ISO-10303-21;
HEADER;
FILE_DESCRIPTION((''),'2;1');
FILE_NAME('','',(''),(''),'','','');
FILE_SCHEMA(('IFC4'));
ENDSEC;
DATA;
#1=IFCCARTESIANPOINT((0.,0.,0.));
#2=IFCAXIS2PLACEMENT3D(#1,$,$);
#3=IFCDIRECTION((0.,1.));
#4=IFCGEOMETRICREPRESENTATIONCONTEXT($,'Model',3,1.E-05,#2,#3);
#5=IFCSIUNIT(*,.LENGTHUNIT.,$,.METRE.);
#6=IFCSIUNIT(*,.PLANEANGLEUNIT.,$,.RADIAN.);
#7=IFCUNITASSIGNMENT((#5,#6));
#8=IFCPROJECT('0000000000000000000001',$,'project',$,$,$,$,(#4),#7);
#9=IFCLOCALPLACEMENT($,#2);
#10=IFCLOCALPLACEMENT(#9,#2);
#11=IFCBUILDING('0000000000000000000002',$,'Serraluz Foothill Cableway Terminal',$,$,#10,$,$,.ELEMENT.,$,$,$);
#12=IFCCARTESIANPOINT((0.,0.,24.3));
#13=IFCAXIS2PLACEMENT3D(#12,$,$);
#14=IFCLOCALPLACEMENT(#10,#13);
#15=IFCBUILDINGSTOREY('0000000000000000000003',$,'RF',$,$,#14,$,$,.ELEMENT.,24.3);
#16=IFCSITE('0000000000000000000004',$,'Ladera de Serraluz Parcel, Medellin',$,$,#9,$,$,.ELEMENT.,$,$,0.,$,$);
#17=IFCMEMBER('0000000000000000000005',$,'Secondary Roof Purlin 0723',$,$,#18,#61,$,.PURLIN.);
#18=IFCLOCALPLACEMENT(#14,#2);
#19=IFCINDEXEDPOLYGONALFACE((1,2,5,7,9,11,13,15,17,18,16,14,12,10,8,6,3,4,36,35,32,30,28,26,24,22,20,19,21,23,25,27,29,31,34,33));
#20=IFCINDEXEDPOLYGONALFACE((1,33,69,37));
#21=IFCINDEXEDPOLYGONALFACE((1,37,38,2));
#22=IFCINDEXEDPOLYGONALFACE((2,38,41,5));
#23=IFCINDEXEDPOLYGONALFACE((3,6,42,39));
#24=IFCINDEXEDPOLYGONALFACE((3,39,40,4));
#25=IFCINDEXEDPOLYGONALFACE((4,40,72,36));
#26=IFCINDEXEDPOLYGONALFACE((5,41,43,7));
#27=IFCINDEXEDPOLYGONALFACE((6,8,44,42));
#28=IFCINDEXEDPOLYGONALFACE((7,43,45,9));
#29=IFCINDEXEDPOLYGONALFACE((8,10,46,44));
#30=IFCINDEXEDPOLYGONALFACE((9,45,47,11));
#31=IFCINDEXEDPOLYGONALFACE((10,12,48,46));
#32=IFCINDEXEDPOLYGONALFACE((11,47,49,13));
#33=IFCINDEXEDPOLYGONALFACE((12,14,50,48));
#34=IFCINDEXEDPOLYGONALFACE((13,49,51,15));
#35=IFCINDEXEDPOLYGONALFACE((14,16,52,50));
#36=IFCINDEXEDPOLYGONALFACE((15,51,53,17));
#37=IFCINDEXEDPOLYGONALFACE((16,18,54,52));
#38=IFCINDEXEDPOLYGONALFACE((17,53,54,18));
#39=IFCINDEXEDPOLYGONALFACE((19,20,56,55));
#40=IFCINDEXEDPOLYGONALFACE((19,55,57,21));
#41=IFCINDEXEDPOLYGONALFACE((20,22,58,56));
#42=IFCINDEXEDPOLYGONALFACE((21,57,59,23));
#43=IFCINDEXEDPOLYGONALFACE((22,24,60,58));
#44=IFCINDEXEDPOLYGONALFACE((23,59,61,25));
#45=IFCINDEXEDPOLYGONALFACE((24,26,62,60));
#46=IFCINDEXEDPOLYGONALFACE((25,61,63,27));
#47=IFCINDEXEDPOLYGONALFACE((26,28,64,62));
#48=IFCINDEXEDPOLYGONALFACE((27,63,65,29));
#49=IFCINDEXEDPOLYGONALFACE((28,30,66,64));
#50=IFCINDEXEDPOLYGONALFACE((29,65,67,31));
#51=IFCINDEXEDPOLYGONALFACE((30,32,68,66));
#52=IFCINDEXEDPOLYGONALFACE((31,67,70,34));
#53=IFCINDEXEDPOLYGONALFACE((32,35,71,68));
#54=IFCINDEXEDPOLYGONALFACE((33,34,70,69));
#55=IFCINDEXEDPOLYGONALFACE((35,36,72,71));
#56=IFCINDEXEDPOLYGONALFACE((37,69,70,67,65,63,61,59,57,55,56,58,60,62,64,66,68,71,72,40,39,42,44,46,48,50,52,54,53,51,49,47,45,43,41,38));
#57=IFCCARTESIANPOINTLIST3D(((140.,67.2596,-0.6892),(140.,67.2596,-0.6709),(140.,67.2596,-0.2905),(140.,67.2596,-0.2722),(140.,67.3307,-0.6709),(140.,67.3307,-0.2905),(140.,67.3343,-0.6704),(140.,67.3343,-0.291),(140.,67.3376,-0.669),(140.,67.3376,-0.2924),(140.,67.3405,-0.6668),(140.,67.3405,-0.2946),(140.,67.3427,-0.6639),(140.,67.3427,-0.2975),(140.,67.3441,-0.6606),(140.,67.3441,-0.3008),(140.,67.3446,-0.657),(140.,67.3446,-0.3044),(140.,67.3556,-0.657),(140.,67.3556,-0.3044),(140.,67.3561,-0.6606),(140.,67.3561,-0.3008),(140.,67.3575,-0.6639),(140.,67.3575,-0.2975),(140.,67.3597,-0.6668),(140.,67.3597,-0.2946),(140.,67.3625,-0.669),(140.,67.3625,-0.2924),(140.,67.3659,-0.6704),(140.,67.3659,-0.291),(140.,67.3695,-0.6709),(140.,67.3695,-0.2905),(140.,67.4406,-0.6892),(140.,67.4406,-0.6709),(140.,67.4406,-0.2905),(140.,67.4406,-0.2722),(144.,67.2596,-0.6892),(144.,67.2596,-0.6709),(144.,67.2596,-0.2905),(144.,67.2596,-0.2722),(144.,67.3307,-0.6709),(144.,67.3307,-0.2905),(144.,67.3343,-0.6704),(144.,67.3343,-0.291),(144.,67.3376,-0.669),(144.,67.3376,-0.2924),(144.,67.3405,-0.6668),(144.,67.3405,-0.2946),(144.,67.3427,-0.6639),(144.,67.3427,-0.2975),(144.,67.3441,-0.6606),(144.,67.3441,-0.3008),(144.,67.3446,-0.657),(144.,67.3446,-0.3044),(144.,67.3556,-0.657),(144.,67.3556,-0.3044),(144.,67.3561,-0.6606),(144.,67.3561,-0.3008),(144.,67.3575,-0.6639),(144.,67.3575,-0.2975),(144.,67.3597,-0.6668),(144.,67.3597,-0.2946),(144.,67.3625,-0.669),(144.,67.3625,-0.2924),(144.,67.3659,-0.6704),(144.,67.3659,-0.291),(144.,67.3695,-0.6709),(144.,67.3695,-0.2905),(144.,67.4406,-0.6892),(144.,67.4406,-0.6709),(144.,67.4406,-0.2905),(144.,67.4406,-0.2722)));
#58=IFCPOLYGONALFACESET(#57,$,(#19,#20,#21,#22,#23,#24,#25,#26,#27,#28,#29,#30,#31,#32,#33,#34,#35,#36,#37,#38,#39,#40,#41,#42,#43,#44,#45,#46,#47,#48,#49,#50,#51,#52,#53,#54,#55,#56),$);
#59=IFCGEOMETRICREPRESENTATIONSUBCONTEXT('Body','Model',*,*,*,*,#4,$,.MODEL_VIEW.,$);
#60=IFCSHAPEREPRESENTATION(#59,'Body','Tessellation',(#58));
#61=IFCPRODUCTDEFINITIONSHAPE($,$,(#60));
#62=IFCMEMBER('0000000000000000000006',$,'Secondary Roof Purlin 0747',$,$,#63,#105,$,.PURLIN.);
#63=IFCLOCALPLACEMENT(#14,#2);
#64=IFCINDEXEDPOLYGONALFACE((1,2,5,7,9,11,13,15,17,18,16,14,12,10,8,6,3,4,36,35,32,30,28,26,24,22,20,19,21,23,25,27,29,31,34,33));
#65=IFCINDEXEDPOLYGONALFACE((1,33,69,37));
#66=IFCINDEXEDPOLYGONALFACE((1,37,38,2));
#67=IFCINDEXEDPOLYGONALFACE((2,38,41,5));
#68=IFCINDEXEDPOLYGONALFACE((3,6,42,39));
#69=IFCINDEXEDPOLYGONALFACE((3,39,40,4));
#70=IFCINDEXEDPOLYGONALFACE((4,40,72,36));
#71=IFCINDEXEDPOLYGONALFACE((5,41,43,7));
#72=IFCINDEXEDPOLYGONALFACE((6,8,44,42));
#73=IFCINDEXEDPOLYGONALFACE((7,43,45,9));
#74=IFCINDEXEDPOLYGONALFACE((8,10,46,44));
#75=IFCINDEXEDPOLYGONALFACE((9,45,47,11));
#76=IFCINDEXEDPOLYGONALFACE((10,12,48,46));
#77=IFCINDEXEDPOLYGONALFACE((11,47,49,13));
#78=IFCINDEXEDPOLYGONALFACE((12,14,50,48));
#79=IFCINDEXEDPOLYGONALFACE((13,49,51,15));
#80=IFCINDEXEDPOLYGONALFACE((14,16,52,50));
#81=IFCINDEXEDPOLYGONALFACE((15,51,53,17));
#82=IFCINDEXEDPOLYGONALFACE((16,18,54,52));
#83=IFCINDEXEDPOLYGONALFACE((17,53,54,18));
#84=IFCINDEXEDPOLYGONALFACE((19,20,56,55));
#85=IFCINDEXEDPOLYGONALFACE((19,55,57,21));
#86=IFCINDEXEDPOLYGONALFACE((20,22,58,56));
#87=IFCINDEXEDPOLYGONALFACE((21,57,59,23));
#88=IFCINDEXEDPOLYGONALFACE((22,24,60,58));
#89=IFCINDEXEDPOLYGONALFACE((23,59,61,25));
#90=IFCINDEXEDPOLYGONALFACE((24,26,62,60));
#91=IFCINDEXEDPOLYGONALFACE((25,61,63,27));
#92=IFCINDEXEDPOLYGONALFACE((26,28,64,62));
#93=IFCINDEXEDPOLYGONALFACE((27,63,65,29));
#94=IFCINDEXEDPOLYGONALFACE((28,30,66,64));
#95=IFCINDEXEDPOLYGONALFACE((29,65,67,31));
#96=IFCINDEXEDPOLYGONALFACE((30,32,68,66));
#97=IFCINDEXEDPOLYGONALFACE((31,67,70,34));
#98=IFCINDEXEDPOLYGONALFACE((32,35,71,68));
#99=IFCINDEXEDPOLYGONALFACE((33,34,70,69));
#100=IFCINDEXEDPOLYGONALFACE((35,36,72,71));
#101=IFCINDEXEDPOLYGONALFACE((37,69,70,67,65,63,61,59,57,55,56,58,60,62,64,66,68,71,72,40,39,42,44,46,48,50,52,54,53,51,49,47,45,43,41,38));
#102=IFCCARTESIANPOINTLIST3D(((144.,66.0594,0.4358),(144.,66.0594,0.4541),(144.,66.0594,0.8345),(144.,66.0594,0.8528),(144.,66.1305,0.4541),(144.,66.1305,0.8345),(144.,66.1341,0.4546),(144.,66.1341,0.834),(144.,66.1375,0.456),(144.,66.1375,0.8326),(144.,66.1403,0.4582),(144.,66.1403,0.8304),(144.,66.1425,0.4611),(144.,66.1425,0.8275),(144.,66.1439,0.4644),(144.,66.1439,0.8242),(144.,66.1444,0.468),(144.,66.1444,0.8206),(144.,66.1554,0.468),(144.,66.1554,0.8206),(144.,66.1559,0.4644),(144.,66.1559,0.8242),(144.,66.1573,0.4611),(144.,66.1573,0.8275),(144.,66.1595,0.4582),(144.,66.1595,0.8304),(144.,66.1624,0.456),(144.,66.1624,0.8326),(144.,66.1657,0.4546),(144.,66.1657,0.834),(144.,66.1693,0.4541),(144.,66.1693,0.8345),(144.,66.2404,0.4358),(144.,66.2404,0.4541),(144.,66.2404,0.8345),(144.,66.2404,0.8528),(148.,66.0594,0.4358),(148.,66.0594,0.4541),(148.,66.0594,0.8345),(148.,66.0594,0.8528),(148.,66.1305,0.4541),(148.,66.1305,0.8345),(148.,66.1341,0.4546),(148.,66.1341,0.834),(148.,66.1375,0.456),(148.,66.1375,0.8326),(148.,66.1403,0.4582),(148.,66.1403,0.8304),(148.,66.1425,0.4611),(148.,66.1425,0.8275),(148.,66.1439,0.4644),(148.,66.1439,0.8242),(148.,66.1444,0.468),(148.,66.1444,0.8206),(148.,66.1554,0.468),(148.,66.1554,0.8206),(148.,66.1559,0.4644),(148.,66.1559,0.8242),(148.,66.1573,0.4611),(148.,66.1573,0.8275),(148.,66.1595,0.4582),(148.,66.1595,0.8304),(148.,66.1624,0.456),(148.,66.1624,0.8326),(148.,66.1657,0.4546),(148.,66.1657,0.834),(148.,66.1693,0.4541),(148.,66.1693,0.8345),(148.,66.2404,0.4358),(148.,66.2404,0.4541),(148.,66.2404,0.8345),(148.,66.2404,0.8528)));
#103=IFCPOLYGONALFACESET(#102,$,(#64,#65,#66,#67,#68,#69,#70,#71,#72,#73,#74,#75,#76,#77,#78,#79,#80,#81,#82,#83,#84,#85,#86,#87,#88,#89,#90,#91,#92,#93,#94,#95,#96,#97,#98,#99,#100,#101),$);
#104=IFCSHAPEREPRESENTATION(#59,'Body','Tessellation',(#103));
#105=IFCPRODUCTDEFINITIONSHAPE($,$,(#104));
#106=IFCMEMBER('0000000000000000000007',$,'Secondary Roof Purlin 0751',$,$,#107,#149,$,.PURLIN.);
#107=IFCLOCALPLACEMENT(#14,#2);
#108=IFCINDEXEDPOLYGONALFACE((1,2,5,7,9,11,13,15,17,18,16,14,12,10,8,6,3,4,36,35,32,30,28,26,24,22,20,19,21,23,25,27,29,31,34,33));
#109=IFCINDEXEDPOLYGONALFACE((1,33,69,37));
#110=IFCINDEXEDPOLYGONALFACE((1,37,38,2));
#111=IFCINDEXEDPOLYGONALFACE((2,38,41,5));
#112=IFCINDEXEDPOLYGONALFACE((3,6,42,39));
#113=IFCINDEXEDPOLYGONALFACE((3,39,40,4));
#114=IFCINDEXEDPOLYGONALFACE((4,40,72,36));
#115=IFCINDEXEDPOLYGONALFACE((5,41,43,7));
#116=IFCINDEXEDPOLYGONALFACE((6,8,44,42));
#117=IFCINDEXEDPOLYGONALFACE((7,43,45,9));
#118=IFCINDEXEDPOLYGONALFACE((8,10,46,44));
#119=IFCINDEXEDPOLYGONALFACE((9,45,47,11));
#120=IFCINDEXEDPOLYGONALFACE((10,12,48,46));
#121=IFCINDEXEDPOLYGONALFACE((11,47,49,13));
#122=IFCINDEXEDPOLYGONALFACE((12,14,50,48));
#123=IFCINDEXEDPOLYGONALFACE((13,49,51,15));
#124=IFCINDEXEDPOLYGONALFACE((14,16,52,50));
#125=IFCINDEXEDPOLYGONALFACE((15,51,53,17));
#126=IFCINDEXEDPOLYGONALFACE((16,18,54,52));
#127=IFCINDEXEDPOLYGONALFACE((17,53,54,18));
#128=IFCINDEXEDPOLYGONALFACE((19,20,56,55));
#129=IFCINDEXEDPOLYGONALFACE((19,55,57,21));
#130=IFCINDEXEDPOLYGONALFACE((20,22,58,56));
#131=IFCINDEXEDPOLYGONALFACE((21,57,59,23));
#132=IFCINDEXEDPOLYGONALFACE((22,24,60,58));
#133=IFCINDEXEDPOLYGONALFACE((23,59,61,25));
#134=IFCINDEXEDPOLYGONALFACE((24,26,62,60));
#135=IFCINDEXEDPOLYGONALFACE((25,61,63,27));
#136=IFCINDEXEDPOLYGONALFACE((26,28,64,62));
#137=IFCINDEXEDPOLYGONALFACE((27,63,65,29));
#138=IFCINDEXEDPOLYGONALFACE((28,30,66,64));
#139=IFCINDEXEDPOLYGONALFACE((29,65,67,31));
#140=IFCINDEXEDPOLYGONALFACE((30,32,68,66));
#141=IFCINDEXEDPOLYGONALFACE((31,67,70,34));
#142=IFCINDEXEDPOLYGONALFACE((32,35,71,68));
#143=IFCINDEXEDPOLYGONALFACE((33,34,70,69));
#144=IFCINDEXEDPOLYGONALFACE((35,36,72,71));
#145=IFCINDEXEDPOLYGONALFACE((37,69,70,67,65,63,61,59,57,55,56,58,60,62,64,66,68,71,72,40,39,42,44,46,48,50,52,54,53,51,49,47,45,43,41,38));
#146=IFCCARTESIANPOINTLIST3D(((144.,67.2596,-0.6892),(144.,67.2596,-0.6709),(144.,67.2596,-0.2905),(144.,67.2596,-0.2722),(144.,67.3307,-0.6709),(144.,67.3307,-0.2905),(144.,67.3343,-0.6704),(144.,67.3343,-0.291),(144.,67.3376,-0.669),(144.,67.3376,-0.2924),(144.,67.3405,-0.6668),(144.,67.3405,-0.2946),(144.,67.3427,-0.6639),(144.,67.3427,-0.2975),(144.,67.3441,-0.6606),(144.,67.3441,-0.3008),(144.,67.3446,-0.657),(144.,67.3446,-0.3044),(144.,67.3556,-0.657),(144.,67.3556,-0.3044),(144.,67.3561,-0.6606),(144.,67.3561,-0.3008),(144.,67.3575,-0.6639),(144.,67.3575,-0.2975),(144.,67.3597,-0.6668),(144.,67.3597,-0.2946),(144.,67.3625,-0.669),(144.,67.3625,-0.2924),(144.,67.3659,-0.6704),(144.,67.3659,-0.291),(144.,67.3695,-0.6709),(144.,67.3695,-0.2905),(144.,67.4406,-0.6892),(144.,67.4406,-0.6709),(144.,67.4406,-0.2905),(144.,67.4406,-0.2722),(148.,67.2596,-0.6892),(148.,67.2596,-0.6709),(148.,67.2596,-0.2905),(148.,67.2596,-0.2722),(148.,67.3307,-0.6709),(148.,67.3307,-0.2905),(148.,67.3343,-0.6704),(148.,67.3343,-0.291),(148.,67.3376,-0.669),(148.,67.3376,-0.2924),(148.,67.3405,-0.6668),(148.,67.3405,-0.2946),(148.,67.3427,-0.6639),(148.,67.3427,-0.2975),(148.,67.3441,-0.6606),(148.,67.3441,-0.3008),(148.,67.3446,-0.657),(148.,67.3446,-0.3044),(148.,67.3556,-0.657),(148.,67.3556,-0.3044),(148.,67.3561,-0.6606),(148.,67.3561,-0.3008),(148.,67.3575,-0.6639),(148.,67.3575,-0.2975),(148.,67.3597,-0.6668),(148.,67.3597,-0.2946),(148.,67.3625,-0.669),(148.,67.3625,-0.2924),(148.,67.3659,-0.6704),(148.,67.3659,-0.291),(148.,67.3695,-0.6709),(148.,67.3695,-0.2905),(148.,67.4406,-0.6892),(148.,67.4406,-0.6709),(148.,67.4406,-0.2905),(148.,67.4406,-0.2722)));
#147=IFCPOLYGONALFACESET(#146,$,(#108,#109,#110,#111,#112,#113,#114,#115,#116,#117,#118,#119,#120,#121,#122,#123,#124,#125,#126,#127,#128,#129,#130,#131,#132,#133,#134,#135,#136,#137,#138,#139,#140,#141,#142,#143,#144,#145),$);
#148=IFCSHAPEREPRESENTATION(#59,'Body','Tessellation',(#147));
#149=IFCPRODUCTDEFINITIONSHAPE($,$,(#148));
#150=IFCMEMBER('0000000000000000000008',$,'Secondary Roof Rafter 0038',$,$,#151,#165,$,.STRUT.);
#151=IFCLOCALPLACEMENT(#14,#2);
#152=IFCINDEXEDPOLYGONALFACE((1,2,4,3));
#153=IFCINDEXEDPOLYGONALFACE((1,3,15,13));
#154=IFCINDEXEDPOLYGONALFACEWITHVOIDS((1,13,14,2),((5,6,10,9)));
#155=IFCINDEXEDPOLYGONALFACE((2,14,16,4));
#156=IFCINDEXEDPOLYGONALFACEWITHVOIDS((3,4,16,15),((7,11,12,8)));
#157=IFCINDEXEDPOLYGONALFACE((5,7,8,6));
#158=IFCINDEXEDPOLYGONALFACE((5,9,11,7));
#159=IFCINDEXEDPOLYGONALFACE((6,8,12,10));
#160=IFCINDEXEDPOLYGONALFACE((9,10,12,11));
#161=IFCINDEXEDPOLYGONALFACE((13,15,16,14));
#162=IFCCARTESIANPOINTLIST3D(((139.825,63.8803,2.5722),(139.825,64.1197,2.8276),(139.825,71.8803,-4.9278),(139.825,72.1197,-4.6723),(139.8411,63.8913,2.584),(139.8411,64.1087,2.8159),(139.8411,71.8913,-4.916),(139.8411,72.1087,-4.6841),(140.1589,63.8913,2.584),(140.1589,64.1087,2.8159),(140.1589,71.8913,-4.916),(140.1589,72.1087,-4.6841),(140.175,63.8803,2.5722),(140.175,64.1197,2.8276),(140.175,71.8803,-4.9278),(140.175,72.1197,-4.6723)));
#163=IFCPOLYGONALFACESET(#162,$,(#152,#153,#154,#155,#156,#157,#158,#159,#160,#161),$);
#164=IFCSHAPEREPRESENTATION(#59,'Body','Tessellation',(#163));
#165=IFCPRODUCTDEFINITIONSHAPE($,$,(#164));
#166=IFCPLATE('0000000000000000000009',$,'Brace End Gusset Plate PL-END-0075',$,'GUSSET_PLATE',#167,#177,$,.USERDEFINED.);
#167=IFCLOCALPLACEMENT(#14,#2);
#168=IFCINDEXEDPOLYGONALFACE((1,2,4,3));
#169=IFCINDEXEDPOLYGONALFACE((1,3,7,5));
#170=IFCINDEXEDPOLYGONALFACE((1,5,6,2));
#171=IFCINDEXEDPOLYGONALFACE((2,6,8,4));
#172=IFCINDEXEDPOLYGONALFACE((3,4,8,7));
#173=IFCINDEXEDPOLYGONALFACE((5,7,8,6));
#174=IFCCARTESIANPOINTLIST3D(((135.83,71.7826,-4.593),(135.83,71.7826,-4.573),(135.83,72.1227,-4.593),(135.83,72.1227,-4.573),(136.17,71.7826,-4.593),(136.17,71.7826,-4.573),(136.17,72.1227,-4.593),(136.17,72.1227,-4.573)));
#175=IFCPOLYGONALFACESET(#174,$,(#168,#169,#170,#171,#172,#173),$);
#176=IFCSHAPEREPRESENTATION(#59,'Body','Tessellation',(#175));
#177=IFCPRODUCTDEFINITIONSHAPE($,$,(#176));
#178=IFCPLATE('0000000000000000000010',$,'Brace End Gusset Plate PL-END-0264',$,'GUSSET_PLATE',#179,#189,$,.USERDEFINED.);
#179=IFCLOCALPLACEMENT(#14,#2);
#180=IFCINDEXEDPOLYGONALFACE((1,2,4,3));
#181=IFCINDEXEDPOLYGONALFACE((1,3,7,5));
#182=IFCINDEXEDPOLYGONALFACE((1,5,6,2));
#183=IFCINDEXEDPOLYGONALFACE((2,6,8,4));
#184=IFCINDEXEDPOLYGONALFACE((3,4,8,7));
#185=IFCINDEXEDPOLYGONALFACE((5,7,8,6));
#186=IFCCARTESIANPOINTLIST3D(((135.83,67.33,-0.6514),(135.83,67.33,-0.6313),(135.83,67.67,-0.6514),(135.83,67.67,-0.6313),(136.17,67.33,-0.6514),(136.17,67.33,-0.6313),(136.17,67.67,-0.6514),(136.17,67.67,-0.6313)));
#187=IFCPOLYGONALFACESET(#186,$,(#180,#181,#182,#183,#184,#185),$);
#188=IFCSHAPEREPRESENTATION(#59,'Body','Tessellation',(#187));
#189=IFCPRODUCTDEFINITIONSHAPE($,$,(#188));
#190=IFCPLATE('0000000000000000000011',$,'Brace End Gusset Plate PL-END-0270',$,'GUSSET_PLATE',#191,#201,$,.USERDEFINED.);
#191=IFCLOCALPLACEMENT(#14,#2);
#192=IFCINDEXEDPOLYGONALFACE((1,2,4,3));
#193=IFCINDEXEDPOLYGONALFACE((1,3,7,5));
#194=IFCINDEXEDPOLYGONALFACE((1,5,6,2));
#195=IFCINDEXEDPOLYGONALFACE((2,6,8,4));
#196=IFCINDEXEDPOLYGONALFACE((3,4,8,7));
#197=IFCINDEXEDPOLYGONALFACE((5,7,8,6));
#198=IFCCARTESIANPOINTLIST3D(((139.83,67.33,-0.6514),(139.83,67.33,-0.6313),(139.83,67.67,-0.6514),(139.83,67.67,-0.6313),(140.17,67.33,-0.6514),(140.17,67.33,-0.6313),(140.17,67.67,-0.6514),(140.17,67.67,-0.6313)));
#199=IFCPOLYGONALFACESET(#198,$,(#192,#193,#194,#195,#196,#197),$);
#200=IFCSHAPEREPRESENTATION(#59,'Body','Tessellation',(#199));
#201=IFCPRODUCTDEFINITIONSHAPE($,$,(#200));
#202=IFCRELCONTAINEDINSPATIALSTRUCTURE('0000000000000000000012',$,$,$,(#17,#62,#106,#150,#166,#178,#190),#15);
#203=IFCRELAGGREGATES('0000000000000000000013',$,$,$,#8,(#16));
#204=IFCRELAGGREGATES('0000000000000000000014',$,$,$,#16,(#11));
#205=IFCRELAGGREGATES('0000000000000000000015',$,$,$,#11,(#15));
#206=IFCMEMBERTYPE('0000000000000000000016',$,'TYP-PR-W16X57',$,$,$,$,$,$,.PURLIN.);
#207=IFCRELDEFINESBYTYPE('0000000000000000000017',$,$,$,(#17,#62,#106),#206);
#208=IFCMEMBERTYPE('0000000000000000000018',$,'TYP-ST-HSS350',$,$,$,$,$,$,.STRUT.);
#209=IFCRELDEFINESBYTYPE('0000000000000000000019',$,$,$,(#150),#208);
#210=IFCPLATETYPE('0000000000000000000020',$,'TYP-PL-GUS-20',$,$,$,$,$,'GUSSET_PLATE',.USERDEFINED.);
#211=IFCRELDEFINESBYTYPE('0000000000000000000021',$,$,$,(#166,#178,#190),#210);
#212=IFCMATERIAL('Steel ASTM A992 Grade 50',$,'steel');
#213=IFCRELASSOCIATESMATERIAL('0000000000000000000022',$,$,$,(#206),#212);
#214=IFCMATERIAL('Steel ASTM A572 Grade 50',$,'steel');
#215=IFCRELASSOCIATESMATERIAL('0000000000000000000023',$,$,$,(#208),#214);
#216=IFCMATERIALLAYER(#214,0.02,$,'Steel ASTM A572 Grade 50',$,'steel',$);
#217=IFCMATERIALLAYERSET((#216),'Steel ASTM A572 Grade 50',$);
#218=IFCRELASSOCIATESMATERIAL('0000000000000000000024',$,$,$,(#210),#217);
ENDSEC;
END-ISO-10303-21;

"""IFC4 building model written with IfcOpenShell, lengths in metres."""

from ifc_helpers import new_model, si_unit, direction, frame, origin, origin_2d, place, context, subcontext, project, spatial, rectangle, hollow_rectangle, i_section, extrude, material, layer, layer_set, material_profile, profile_set, type_object, element, save


model = new_model("IFC4")

# Units and contexts
model_context = context("Model", 3, precision=1e-05, world=origin(), true_north=direction((0.0, 1.0)))
body_context = subcontext(model_context, "Body", "Model", "MODEL_VIEW")
ifc_project = project(units=[si_unit("LENGTHUNIT", "METRE"), si_unit("PLANEANGLEUNIT", "RADIAN")], contexts=[model_context])

# Site, building, storey
site_placement = place(None, origin())
site = spatial("IfcSite", under=ifc_project, at=site_placement, Name="Ladera de Serraluz Parcel, Medellin", CompositionType="ELEMENT", RefElevation=0.0)
building_placement = place(site_placement, origin())
building = spatial("IfcBuilding", under=site, at=building_placement, Name="Serraluz Foothill Cableway Terminal", CompositionType="ELEMENT")
storey_placement = place(building_placement, frame((0.0, 0.0, 24.3)))
storey = spatial("IfcBuildingStorey", under=building, at=storey_placement, Name="RF", CompositionType="ELEMENT", Elevation=24.3)

# Members
ifc_material_1 = material(Name="Steel ASTM A572 Grade 50", Category="steel")
ifc_material_2 = material(Name="Steel ASTM A992 Grade 50", Category="steel")
ifc_material_profile_1 = material_profile(ifc_material_2, i_section(OverallWidth=0.1809, OverallDepth=0.417, WebThickness=0.011, FlangeThickness=0.0183, FilletRadius=0.0139, at=origin_2d()), Name="W16X57")
ifc_profile_set_1 = profile_set([ifc_material_profile_1], Name="Steel ASTM A992 Grade 50")
member_type_1 = type_object("IfcMemberType", Name="TYP-PR-W16X57", PredefinedType="PURLIN", material=ifc_profile_set_1)
for number, where, z_axis, x_axis, name in (
    (1, (140.0, 67.3501, -0.4807), (1.0, 0.0, 0.0), (0.0, 1.0, 0.0), "Secondary Roof Purlin 0723"),
    (2, (144.0, 66.1499, 0.6443), (1.0, 0.0, 0.0), (0.0, 1.0, 0.0), "Secondary Roof Purlin 0747"),
    (3, (144.0, 67.3501, -0.4807), (1.0, 0.0, 0.0), (0.0, 1.0, 0.0), "Secondary Roof Purlin 0751"),
):
    element("IfcMember", number, at=place(storey_placement, frame(where, z_axis=z_axis, x_axis=x_axis)), inside=storey, type_object=member_type_1, Name=name, PredefinedType="PURLIN", context=body_context, shape_type="SweptSolid", body=[
        extrude(i_section(OverallWidth=0.1809, OverallDepth=0.417, WebThickness=0.011, FlangeThickness=0.0183, FilletRadius=0.0139, at=origin_2d()), origin(), (0.0, 0.0, 1.0), 4.0),
    ])
ifc_material_profile_2 = material_profile(ifc_material_1, hollow_rectangle(XDim=0.3501, YDim=0.3501, WallThickness=0.0161, at=origin_2d()), Name="HSS350X350X16")
ifc_profile_set_2 = profile_set([ifc_material_profile_2], Name="Steel ASTM A572 Grade 50")
member_type_2 = type_object("IfcMemberType", Name="TYP-ST-HSS350", PredefinedType="STRUT", material=ifc_profile_set_2)
member_1_placement = place(storey_placement, frame((140.0, 72.0, -4.8), z_axis=(0.0, -0.729537, 0.683941), x_axis=(1.0, 0.0, 0.0)))
element("IfcMember", 4, at=member_1_placement, inside=storey, type_object=member_type_2, Name="Secondary Roof Rafter 0038", PredefinedType="STRUT", context=body_context, shape_type="SweptSolid", body=[
    extrude(hollow_rectangle(XDim=0.3501, YDim=0.3501, WallThickness=0.0161, at=origin_2d()), origin(), (0.0, 0.0, 1.0), 10.9658),
])

# Plates
ifc_layer_1 = layer(ifc_material_1, 0.02, Name="Steel ASTM A572 Grade 50", Category="steel")
ifc_layer_set_1 = layer_set([ifc_layer_1], Name="Steel ASTM A572 Grade 50")
plate_type_1 = type_object("IfcPlateType", Name="TYP-PL-GUS-20", ElementType="GUSSET_PLATE", PredefinedType="USERDEFINED", material=ifc_layer_set_1)
for number, where, z_axis, x_axis, name in (
    (5, (136.0, 71.9526, -4.593), (0.0, 0.0, 1.0), (1.0, 0.0, 0.0), "Brace End Gusset Plate PL-END-0075"),
    (6, (136.0, 67.5, -0.6514), (0.0, 0.0, 1.0), (1.0, 0.0, 0.0), "Brace End Gusset Plate PL-END-0264"),
    (7, (140.0, 67.5, -0.6514), (0.0, 0.0, 1.0), (1.0, 0.0, 0.0), "Brace End Gusset Plate PL-END-0270"),
):
    element("IfcPlate", number, at=place(storey_placement, frame(where, z_axis=z_axis, x_axis=x_axis)), inside=storey, type_object=plate_type_1, Name=name, ObjectType="GUSSET_PLATE", PredefinedType="USERDEFINED", context=body_context, shape_type="SweptSolid", body=[
        extrude(rectangle(XDim=0.3401, YDim=0.3401, at=origin_2d()), origin(), (0.0, 0.0, 1.0), 0.02),
    ])

save(model, "model.ifc")
